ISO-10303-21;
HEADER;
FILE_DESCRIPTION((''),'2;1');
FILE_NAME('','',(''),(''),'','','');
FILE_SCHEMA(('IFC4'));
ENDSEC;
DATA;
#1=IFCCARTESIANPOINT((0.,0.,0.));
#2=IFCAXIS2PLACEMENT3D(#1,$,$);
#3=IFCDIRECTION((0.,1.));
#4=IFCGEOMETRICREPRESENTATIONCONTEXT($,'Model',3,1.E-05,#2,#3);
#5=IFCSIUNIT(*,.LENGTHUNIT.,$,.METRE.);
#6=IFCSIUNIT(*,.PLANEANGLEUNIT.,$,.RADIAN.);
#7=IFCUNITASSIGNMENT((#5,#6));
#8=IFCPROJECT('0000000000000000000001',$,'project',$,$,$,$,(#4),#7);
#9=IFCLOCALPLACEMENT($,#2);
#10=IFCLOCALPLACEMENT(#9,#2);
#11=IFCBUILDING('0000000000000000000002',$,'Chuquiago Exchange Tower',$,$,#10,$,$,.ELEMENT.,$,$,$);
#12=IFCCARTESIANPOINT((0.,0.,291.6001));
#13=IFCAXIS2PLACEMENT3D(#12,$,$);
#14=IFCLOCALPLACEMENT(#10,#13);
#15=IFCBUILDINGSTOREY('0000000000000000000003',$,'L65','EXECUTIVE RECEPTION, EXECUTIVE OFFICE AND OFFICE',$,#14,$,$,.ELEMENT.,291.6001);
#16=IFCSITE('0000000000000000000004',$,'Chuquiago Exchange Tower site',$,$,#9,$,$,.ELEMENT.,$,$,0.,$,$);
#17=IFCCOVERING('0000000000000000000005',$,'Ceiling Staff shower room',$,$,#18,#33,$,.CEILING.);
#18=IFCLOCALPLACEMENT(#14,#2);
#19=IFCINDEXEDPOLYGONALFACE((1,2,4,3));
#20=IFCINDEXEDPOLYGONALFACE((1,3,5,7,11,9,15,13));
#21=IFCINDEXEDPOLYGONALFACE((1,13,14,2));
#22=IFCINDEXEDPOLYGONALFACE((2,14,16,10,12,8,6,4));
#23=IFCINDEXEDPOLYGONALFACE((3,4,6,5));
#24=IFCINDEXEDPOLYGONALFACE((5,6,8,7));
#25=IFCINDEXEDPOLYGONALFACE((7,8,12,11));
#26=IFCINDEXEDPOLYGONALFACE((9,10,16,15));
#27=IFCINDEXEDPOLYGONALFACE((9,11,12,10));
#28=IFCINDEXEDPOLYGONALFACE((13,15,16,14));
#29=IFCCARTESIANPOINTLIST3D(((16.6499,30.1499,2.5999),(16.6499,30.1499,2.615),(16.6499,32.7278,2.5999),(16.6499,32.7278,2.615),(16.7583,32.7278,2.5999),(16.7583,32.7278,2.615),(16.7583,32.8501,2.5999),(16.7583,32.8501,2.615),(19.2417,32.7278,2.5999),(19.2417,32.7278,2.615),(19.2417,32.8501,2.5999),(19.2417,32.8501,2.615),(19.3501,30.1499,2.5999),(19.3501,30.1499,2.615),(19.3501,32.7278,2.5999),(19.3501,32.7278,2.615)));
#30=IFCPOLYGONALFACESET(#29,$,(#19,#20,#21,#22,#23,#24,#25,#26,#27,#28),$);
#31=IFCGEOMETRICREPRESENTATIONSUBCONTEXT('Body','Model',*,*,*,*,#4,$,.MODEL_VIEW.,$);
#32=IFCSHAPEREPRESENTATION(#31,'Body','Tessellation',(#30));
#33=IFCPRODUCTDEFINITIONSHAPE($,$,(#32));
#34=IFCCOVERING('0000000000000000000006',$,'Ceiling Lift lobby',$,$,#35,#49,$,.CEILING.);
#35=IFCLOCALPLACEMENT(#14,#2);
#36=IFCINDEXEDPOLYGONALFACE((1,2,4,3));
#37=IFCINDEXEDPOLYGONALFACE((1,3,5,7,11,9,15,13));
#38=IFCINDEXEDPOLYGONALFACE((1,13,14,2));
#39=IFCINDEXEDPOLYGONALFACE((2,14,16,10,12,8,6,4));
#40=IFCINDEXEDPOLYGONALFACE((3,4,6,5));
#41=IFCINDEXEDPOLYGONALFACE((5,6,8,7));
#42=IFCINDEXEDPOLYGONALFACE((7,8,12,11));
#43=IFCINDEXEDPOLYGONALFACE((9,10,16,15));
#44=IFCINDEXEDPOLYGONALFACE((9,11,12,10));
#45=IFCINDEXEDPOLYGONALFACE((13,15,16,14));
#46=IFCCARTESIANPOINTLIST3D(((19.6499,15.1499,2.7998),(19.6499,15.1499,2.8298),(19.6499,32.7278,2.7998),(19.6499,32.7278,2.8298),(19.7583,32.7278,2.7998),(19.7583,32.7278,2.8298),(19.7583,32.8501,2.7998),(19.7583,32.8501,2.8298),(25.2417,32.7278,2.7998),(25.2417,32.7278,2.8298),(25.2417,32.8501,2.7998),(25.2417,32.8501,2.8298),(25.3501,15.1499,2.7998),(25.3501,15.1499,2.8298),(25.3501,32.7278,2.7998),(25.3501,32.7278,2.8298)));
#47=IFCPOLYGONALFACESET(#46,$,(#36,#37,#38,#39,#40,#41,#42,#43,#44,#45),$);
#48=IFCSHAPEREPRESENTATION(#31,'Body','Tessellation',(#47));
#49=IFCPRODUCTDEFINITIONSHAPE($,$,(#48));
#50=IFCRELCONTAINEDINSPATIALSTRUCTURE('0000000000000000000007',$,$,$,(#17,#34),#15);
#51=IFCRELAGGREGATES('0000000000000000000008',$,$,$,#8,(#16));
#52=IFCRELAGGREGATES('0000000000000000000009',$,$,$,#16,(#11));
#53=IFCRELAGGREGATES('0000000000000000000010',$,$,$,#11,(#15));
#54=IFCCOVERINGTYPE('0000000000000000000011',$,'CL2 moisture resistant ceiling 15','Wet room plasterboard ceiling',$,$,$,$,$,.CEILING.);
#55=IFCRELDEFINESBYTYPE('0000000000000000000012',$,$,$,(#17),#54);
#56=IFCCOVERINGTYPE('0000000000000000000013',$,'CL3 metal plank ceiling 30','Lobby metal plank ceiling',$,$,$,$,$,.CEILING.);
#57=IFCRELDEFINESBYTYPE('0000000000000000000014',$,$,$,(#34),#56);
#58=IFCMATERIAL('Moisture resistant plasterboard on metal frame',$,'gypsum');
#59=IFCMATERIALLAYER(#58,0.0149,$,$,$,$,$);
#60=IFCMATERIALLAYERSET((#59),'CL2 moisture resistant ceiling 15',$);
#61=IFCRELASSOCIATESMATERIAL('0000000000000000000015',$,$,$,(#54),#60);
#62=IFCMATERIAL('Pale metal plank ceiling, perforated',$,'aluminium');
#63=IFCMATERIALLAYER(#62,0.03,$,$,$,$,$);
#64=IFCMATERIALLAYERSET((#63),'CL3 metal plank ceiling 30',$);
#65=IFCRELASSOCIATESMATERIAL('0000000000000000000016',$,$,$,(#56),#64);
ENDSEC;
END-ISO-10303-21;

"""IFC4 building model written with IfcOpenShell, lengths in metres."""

from ifc_helpers import new_model, si_unit, direction, frame, origin, place, context, subcontext, project, spatial, polyline, outline, extrude, material, layer, layer_set, type_object, element, save


model = new_model("IFC4")

# Units and contexts
model_context = context("Model", 3, precision=1e-05, world=origin(), true_north=direction((0.0, 1.0)))
body_context = subcontext(model_context, "Body", "Model", "MODEL_VIEW")
ifc_project = project(units=[si_unit("LENGTHUNIT", "METRE"), si_unit("PLANEANGLEUNIT", "RADIAN")], contexts=[model_context])

# Site, building, storey
site_placement = place(None, origin())
site = spatial("IfcSite", under=ifc_project, at=site_placement, Name="Chuquiago Exchange Tower site", CompositionType="ELEMENT", RefElevation=0.0)
building_placement = place(site_placement, origin())
building = spatial("IfcBuilding", under=site, at=building_placement, Name="Chuquiago Exchange Tower", CompositionType="ELEMENT")
storey_placement = place(building_placement, frame((0.0, 0.0, 291.6001)))
storey = spatial("IfcBuildingStorey", under=building, at=storey_placement, Name="L65", Description="EXECUTIVE RECEPTION, EXECUTIVE OFFICE AND OFFICE", CompositionType="ELEMENT", Elevation=291.6001)

# Coverings
ifc_material_1 = material(Name="Moisture resistant plasterboard on metal frame", Category="gypsum")
ifc_layer_1 = layer(ifc_material_1, 0.0149)
ifc_layer_set_1 = layer_set([ifc_layer_1], Name="CL2 moisture resistant ceiling 15")
covering_type_1 = type_object("IfcCoveringType", Name="CL2 moisture resistant ceiling 15", Description="Wet room plasterboard ceiling", PredefinedType="CEILING", material=ifc_layer_set_1)
covering_1_placement = place(storey_placement, frame((0.0, 0.0, 2.5999)))
element("IfcCovering", 1, at=covering_1_placement, inside=storey, type_object=covering_type_1, Name="Ceiling Staff shower room", PredefinedType="CEILING", context=body_context, shape_type="SweptSolid", body=[
    extrude(outline(polyline([(16.6499, 30.1499), (16.6499, 32.7278), (16.7583, 32.7278), (16.7583, 32.8501), (19.2417, 32.8501), (19.2417, 32.7278), (19.3501, 32.7278), (19.3501, 30.1499), (16.6499, 30.1499)])), origin(), (0.0, 0.0, 1.0), 0.0151),
])
ifc_material_2 = material(Name="Pale metal plank ceiling, perforated", Category="aluminium")
ifc_layer_2 = layer(ifc_material_2, 0.03)
ifc_layer_set_2 = layer_set([ifc_layer_2], Name="CL3 metal plank ceiling 30")
covering_type_2 = type_object("IfcCoveringType", Name="CL3 metal plank ceiling 30", Description="Lobby metal plank ceiling", PredefinedType="CEILING", material=ifc_layer_set_2)
covering_2_placement = place(storey_placement, frame((0.0, 0.0, 2.7998)))
element("IfcCovering", 2, at=covering_2_placement, inside=storey, type_object=covering_type_2, Name="Ceiling Lift lobby", PredefinedType="CEILING", context=body_context, shape_type="SweptSolid", body=[
    extrude(outline(polyline([(19.6499, 15.1499), (19.6499, 32.7278), (19.7583, 32.7278), (19.7583, 32.8501), (25.2417, 32.8501), (25.2417, 32.7278), (25.3501, 32.7278), (25.3501, 15.1499), (19.6499, 15.1499)])), origin(), (0.0, 0.0, 1.0), 0.03),
])

save(model, "model.ifc")
